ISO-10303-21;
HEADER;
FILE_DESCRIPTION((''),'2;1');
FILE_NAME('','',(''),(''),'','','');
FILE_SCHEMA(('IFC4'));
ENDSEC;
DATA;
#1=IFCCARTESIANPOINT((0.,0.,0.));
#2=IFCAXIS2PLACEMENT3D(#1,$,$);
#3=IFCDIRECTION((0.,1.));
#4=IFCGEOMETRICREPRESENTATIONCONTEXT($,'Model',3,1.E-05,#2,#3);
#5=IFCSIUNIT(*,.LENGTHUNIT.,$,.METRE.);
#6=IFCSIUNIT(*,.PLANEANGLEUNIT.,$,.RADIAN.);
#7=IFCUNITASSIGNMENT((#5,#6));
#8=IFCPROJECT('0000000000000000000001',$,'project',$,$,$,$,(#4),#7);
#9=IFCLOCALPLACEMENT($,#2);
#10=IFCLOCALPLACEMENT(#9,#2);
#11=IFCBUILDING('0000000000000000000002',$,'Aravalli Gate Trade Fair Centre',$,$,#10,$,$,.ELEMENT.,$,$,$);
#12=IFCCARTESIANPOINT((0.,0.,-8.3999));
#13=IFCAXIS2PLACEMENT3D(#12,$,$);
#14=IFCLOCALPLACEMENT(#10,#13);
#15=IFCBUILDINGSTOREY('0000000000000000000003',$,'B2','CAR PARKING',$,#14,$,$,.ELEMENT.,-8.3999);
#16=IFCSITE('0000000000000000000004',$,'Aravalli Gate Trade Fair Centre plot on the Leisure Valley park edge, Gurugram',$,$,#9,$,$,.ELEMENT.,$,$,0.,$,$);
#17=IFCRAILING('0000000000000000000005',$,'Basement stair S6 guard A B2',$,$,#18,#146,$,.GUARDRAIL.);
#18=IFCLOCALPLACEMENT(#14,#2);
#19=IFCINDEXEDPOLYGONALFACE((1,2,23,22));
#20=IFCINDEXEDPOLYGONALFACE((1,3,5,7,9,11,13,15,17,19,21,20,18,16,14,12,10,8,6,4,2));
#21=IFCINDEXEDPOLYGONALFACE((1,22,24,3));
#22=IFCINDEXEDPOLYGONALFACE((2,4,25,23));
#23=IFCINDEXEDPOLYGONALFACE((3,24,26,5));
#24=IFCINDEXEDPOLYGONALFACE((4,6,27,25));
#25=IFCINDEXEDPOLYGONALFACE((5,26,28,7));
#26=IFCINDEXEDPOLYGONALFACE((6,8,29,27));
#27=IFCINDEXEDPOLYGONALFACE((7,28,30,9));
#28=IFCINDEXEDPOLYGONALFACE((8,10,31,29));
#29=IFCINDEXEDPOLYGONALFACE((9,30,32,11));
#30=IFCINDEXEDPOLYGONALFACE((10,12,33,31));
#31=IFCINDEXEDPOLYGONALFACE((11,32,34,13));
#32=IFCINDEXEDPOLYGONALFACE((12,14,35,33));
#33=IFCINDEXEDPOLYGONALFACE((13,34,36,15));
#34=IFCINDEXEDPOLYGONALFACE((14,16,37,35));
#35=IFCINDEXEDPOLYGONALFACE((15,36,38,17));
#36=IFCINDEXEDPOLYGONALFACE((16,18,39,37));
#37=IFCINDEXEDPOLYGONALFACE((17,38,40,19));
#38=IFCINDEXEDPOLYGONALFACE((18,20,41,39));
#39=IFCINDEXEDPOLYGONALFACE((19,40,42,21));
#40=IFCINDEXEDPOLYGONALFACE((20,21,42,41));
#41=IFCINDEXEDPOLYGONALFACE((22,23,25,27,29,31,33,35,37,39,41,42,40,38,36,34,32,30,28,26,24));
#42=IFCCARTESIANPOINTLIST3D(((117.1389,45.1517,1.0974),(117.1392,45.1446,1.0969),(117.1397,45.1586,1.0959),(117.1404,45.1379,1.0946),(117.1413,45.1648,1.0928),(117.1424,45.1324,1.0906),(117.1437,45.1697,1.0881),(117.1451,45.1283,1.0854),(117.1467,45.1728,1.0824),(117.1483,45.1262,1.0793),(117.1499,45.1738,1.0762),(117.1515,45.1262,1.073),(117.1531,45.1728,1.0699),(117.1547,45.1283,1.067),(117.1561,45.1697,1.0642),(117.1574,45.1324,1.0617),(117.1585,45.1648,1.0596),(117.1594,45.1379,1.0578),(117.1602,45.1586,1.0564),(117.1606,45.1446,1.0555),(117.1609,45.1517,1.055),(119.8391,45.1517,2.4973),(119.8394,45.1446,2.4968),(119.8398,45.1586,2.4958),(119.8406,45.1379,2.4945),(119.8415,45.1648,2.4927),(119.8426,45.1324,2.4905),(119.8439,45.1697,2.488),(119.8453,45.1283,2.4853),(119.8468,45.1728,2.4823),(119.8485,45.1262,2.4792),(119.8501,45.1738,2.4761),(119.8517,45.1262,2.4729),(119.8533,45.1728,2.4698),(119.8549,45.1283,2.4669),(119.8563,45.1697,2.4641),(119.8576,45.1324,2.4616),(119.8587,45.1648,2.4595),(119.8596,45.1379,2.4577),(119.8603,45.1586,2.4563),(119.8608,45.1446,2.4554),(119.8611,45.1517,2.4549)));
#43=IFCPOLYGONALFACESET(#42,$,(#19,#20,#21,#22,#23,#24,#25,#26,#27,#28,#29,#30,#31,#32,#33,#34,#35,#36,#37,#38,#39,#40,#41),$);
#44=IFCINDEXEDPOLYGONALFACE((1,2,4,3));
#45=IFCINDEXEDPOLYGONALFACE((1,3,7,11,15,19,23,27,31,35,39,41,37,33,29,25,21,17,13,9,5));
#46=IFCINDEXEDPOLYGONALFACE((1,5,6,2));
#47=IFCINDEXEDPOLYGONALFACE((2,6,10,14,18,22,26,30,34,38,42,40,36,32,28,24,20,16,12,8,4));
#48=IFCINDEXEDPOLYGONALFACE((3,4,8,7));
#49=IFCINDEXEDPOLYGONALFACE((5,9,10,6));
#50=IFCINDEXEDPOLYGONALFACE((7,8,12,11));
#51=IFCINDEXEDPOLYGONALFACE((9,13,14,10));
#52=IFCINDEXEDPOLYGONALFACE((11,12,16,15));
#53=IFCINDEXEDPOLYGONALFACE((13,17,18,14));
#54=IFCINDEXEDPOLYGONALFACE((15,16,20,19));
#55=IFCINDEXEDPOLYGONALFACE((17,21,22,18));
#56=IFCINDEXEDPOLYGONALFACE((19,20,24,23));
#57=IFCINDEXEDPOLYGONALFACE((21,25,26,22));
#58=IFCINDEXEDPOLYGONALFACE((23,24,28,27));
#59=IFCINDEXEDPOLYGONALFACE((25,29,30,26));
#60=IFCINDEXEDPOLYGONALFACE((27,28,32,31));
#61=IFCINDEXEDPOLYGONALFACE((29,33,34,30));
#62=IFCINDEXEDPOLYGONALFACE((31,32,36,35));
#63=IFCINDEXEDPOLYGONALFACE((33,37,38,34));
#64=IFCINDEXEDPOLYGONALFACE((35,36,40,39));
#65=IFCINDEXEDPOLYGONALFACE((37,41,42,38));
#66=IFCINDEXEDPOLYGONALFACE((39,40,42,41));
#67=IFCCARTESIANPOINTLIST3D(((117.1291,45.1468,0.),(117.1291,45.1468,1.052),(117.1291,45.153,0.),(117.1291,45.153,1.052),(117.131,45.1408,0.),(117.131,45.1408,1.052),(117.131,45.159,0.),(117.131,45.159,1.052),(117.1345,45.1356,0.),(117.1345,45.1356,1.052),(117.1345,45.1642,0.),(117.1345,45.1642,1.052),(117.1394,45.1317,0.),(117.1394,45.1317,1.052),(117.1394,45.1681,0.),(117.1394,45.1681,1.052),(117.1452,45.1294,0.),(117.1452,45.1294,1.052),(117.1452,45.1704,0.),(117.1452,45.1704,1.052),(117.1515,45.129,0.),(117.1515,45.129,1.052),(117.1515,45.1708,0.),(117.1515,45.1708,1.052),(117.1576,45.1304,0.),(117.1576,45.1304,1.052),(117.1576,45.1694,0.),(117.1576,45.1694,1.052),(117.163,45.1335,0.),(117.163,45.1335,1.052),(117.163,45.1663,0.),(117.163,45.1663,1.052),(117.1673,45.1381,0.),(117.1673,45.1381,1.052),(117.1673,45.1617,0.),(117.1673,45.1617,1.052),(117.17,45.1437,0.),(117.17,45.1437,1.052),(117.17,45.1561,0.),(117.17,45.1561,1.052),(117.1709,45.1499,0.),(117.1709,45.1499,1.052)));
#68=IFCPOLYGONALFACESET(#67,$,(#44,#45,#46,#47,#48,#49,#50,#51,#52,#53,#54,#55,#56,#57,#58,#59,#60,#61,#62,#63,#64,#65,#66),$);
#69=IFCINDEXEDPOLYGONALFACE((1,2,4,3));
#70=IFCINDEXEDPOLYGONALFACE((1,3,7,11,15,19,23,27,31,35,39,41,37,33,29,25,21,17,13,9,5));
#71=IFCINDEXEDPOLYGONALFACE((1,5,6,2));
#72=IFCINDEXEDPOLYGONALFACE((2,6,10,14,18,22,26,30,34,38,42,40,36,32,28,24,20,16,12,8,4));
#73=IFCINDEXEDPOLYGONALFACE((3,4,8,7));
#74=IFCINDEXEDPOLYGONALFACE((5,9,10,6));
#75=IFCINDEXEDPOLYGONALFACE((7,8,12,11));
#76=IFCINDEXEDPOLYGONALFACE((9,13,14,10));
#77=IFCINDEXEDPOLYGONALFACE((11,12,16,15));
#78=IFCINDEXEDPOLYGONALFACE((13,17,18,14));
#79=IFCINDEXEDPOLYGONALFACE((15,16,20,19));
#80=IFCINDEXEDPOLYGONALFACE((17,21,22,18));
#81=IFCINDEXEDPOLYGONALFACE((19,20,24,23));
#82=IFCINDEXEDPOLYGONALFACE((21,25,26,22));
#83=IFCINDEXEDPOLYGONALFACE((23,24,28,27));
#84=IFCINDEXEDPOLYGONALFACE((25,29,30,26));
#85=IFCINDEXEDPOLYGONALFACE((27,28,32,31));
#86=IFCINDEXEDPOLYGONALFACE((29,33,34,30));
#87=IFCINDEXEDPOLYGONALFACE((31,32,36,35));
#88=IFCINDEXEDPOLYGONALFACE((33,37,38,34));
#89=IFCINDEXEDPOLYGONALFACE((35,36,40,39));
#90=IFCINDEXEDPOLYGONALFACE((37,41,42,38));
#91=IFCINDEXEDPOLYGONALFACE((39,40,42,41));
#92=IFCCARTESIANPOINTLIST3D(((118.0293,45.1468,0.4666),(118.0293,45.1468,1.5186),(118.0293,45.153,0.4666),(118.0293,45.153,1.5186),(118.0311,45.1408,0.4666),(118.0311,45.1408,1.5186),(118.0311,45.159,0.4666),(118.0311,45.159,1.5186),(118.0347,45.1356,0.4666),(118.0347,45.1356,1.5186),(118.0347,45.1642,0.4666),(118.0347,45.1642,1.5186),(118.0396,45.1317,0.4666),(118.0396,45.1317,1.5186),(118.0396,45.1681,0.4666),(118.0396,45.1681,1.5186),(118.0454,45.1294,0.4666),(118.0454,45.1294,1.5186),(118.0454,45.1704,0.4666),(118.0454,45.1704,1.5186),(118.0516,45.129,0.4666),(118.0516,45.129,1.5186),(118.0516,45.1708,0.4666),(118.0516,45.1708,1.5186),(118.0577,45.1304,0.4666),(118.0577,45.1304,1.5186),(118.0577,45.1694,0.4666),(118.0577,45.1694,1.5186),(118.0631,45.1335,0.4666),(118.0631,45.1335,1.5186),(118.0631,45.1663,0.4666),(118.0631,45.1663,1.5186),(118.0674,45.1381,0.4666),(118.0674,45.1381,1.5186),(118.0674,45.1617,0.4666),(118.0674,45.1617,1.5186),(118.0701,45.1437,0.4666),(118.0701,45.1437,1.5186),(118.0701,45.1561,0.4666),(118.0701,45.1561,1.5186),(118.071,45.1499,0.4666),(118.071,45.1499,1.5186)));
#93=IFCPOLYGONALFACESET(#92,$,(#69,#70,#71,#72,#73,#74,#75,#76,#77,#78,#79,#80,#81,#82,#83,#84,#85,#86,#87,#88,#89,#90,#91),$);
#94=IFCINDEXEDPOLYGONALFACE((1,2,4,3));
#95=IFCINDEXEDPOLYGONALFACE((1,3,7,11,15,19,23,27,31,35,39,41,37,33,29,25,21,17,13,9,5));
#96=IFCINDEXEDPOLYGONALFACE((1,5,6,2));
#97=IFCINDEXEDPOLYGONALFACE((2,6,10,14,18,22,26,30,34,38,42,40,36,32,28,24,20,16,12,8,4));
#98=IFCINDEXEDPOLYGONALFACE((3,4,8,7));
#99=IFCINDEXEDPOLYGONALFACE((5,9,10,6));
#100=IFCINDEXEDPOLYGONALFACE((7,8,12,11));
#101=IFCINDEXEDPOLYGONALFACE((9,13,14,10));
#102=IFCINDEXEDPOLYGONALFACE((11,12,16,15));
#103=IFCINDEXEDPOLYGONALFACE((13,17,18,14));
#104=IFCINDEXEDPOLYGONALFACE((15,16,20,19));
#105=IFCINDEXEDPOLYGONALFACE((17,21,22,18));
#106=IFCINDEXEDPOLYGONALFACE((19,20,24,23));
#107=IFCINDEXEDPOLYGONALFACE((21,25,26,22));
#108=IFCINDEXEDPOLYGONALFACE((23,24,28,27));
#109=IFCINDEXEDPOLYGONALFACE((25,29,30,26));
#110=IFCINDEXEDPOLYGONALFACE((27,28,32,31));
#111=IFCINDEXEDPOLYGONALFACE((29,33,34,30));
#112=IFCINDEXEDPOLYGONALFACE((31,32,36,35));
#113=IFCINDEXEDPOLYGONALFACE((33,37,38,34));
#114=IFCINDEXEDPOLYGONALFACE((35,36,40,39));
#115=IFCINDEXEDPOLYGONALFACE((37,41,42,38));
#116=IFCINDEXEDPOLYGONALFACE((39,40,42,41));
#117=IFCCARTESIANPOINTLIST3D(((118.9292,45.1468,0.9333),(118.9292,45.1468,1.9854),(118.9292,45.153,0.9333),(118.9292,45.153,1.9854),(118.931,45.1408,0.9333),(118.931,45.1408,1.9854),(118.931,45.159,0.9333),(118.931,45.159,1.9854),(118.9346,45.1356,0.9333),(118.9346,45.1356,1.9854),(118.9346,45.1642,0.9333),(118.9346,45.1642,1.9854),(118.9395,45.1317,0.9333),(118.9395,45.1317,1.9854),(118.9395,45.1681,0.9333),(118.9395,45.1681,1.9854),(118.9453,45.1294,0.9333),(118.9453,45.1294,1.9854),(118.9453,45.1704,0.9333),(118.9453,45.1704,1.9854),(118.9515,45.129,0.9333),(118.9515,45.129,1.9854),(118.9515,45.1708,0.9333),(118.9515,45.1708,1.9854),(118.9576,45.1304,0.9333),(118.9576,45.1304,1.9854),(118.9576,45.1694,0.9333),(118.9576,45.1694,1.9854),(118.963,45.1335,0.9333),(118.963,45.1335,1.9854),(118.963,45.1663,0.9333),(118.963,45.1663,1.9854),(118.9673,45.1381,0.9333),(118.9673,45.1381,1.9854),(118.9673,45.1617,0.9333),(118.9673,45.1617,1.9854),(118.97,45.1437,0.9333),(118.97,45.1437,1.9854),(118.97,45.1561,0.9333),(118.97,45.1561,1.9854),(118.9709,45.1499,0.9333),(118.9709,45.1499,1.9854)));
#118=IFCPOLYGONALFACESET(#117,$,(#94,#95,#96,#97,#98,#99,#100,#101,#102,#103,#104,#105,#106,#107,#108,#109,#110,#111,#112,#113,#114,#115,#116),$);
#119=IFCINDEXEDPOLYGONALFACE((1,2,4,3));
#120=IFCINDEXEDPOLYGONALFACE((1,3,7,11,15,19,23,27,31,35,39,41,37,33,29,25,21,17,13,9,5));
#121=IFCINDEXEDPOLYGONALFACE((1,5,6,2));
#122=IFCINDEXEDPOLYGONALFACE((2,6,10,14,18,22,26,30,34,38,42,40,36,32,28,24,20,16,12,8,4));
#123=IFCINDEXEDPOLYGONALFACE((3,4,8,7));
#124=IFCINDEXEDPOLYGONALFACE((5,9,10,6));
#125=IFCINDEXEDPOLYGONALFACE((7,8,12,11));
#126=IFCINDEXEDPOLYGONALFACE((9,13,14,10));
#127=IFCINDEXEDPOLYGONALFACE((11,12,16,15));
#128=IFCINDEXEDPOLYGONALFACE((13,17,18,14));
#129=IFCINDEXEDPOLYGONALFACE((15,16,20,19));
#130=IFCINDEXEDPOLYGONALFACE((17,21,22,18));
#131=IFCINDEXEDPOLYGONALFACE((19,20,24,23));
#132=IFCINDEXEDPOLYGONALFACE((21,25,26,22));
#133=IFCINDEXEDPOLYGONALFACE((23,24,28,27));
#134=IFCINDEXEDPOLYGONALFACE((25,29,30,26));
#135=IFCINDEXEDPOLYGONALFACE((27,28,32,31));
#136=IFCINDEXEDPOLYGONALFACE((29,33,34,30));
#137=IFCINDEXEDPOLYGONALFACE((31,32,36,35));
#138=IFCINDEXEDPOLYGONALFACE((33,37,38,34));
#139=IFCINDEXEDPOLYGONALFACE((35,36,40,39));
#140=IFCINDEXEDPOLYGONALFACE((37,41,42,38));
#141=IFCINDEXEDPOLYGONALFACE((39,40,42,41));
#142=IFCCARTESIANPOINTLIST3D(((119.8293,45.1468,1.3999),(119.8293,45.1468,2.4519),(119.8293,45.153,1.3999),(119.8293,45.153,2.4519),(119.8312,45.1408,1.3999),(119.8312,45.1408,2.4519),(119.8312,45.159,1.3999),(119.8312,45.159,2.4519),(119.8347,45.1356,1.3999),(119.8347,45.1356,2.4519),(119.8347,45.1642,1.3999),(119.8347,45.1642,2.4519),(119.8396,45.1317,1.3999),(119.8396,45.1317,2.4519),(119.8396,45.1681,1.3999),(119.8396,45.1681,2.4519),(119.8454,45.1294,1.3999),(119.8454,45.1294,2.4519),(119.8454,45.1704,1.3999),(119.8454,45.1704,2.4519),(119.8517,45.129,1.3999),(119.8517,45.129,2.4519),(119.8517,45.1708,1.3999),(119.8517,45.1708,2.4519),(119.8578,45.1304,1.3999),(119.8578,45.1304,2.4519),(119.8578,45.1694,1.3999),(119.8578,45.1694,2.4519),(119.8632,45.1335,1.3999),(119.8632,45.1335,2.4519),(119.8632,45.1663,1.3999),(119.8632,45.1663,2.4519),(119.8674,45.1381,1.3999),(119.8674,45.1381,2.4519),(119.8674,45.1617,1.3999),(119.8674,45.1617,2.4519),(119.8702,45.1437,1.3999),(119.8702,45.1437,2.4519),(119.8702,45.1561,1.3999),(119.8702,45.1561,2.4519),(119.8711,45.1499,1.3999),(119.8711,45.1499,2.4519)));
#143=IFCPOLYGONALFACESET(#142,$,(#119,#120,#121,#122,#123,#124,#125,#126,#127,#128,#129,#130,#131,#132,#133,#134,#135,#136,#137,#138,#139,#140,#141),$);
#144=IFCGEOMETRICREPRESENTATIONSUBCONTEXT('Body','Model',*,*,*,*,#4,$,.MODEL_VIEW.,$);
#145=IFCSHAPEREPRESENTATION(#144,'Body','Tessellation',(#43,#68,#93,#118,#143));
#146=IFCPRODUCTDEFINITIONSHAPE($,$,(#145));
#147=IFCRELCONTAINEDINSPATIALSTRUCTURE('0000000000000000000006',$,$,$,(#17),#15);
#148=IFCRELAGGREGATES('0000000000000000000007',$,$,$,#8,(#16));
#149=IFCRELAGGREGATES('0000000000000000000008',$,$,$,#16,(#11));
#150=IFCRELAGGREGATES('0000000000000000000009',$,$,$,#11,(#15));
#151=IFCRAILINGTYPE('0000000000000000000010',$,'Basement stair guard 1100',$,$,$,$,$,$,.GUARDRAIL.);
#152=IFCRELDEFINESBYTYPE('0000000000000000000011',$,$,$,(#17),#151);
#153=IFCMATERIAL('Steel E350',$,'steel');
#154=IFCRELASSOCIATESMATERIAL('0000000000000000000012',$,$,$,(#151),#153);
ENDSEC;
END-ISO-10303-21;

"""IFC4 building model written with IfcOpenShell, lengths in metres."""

from ifc_helpers import new_model, si_unit, direction, frame, origin, origin_2d, place, context, subcontext, project, spatial, circle, extrude, material, type_object, element, save


model = new_model("IFC4")

# Units and contexts
model_context = context("Model", 3, precision=1e-05, world=origin(), true_north=direction((0.0, 1.0)))
body_context = subcontext(model_context, "Body", "Model", "MODEL_VIEW")
ifc_project = project(units=[si_unit("LENGTHUNIT", "METRE"), si_unit("PLANEANGLEUNIT", "RADIAN")], contexts=[model_context])

# Site, building, storey
site_placement = place(None, origin())
site = spatial("IfcSite", under=ifc_project, at=site_placement, Name="Aravalli Gate Trade Fair Centre plot on the Leisure Valley park edge, Gurugram", CompositionType="ELEMENT", RefElevation=0.0)
building_placement = place(site_placement, origin())
building = spatial("IfcBuilding", under=site, at=building_placement, Name="Aravalli Gate Trade Fair Centre", CompositionType="ELEMENT")
storey_placement = place(building_placement, frame((0.0, 0.0, -8.3999)))
storey = spatial("IfcBuildingStorey", under=building, at=storey_placement, Name="B2", Description="CAR PARKING", CompositionType="ELEMENT", Elevation=-8.3999)

# Railing
ifc_material_1 = material(Name="Steel E350", Category="steel")
railing_type_1 = type_object("IfcRailingType", Name="Basement stair guard 1100", PredefinedType="GUARDRAIL", material=ifc_material_1)
railing_1_placement = place(storey_placement, frame((117.1499, 45.1499, 0.0)))
element("IfcRailing", 1, at=railing_1_placement, inside=storey, type_object=railing_type_1, Name="Basement stair S6 guard A B2", PredefinedType="GUARDRAIL", context=body_context, shape_type="SweptSolid", body=[
    extrude(circle(Radius=0.0239, at=origin_2d()), frame((0.0, 0.0, 1.0762), z_axis=(0.887781, 0.0, 0.460266), x_axis=(0.0, 1.0, 0.0)), (0.0, 0.0, 1.0), 3.0415),
    extrude(circle(Radius=0.021, at=origin_2d()), origin(), (0.0, 0.0, 1.0), 1.052),
    extrude(circle(Radius=0.021, at=origin_2d()), frame((0.9001, 0.0, 0.4666)), (0.0, 0.0, 1.0), 1.052),
    extrude(circle(Radius=0.021, at=origin_2d()), frame((1.8, 0.0, 0.9333)), (0.0, 0.0, 1.0), 1.052),
    extrude(circle(Radius=0.021, at=origin_2d()), frame((2.7002, 0.0, 1.3999)), (0.0, 0.0, 1.0), 1.052),
])

save(model, "model.ifc")
